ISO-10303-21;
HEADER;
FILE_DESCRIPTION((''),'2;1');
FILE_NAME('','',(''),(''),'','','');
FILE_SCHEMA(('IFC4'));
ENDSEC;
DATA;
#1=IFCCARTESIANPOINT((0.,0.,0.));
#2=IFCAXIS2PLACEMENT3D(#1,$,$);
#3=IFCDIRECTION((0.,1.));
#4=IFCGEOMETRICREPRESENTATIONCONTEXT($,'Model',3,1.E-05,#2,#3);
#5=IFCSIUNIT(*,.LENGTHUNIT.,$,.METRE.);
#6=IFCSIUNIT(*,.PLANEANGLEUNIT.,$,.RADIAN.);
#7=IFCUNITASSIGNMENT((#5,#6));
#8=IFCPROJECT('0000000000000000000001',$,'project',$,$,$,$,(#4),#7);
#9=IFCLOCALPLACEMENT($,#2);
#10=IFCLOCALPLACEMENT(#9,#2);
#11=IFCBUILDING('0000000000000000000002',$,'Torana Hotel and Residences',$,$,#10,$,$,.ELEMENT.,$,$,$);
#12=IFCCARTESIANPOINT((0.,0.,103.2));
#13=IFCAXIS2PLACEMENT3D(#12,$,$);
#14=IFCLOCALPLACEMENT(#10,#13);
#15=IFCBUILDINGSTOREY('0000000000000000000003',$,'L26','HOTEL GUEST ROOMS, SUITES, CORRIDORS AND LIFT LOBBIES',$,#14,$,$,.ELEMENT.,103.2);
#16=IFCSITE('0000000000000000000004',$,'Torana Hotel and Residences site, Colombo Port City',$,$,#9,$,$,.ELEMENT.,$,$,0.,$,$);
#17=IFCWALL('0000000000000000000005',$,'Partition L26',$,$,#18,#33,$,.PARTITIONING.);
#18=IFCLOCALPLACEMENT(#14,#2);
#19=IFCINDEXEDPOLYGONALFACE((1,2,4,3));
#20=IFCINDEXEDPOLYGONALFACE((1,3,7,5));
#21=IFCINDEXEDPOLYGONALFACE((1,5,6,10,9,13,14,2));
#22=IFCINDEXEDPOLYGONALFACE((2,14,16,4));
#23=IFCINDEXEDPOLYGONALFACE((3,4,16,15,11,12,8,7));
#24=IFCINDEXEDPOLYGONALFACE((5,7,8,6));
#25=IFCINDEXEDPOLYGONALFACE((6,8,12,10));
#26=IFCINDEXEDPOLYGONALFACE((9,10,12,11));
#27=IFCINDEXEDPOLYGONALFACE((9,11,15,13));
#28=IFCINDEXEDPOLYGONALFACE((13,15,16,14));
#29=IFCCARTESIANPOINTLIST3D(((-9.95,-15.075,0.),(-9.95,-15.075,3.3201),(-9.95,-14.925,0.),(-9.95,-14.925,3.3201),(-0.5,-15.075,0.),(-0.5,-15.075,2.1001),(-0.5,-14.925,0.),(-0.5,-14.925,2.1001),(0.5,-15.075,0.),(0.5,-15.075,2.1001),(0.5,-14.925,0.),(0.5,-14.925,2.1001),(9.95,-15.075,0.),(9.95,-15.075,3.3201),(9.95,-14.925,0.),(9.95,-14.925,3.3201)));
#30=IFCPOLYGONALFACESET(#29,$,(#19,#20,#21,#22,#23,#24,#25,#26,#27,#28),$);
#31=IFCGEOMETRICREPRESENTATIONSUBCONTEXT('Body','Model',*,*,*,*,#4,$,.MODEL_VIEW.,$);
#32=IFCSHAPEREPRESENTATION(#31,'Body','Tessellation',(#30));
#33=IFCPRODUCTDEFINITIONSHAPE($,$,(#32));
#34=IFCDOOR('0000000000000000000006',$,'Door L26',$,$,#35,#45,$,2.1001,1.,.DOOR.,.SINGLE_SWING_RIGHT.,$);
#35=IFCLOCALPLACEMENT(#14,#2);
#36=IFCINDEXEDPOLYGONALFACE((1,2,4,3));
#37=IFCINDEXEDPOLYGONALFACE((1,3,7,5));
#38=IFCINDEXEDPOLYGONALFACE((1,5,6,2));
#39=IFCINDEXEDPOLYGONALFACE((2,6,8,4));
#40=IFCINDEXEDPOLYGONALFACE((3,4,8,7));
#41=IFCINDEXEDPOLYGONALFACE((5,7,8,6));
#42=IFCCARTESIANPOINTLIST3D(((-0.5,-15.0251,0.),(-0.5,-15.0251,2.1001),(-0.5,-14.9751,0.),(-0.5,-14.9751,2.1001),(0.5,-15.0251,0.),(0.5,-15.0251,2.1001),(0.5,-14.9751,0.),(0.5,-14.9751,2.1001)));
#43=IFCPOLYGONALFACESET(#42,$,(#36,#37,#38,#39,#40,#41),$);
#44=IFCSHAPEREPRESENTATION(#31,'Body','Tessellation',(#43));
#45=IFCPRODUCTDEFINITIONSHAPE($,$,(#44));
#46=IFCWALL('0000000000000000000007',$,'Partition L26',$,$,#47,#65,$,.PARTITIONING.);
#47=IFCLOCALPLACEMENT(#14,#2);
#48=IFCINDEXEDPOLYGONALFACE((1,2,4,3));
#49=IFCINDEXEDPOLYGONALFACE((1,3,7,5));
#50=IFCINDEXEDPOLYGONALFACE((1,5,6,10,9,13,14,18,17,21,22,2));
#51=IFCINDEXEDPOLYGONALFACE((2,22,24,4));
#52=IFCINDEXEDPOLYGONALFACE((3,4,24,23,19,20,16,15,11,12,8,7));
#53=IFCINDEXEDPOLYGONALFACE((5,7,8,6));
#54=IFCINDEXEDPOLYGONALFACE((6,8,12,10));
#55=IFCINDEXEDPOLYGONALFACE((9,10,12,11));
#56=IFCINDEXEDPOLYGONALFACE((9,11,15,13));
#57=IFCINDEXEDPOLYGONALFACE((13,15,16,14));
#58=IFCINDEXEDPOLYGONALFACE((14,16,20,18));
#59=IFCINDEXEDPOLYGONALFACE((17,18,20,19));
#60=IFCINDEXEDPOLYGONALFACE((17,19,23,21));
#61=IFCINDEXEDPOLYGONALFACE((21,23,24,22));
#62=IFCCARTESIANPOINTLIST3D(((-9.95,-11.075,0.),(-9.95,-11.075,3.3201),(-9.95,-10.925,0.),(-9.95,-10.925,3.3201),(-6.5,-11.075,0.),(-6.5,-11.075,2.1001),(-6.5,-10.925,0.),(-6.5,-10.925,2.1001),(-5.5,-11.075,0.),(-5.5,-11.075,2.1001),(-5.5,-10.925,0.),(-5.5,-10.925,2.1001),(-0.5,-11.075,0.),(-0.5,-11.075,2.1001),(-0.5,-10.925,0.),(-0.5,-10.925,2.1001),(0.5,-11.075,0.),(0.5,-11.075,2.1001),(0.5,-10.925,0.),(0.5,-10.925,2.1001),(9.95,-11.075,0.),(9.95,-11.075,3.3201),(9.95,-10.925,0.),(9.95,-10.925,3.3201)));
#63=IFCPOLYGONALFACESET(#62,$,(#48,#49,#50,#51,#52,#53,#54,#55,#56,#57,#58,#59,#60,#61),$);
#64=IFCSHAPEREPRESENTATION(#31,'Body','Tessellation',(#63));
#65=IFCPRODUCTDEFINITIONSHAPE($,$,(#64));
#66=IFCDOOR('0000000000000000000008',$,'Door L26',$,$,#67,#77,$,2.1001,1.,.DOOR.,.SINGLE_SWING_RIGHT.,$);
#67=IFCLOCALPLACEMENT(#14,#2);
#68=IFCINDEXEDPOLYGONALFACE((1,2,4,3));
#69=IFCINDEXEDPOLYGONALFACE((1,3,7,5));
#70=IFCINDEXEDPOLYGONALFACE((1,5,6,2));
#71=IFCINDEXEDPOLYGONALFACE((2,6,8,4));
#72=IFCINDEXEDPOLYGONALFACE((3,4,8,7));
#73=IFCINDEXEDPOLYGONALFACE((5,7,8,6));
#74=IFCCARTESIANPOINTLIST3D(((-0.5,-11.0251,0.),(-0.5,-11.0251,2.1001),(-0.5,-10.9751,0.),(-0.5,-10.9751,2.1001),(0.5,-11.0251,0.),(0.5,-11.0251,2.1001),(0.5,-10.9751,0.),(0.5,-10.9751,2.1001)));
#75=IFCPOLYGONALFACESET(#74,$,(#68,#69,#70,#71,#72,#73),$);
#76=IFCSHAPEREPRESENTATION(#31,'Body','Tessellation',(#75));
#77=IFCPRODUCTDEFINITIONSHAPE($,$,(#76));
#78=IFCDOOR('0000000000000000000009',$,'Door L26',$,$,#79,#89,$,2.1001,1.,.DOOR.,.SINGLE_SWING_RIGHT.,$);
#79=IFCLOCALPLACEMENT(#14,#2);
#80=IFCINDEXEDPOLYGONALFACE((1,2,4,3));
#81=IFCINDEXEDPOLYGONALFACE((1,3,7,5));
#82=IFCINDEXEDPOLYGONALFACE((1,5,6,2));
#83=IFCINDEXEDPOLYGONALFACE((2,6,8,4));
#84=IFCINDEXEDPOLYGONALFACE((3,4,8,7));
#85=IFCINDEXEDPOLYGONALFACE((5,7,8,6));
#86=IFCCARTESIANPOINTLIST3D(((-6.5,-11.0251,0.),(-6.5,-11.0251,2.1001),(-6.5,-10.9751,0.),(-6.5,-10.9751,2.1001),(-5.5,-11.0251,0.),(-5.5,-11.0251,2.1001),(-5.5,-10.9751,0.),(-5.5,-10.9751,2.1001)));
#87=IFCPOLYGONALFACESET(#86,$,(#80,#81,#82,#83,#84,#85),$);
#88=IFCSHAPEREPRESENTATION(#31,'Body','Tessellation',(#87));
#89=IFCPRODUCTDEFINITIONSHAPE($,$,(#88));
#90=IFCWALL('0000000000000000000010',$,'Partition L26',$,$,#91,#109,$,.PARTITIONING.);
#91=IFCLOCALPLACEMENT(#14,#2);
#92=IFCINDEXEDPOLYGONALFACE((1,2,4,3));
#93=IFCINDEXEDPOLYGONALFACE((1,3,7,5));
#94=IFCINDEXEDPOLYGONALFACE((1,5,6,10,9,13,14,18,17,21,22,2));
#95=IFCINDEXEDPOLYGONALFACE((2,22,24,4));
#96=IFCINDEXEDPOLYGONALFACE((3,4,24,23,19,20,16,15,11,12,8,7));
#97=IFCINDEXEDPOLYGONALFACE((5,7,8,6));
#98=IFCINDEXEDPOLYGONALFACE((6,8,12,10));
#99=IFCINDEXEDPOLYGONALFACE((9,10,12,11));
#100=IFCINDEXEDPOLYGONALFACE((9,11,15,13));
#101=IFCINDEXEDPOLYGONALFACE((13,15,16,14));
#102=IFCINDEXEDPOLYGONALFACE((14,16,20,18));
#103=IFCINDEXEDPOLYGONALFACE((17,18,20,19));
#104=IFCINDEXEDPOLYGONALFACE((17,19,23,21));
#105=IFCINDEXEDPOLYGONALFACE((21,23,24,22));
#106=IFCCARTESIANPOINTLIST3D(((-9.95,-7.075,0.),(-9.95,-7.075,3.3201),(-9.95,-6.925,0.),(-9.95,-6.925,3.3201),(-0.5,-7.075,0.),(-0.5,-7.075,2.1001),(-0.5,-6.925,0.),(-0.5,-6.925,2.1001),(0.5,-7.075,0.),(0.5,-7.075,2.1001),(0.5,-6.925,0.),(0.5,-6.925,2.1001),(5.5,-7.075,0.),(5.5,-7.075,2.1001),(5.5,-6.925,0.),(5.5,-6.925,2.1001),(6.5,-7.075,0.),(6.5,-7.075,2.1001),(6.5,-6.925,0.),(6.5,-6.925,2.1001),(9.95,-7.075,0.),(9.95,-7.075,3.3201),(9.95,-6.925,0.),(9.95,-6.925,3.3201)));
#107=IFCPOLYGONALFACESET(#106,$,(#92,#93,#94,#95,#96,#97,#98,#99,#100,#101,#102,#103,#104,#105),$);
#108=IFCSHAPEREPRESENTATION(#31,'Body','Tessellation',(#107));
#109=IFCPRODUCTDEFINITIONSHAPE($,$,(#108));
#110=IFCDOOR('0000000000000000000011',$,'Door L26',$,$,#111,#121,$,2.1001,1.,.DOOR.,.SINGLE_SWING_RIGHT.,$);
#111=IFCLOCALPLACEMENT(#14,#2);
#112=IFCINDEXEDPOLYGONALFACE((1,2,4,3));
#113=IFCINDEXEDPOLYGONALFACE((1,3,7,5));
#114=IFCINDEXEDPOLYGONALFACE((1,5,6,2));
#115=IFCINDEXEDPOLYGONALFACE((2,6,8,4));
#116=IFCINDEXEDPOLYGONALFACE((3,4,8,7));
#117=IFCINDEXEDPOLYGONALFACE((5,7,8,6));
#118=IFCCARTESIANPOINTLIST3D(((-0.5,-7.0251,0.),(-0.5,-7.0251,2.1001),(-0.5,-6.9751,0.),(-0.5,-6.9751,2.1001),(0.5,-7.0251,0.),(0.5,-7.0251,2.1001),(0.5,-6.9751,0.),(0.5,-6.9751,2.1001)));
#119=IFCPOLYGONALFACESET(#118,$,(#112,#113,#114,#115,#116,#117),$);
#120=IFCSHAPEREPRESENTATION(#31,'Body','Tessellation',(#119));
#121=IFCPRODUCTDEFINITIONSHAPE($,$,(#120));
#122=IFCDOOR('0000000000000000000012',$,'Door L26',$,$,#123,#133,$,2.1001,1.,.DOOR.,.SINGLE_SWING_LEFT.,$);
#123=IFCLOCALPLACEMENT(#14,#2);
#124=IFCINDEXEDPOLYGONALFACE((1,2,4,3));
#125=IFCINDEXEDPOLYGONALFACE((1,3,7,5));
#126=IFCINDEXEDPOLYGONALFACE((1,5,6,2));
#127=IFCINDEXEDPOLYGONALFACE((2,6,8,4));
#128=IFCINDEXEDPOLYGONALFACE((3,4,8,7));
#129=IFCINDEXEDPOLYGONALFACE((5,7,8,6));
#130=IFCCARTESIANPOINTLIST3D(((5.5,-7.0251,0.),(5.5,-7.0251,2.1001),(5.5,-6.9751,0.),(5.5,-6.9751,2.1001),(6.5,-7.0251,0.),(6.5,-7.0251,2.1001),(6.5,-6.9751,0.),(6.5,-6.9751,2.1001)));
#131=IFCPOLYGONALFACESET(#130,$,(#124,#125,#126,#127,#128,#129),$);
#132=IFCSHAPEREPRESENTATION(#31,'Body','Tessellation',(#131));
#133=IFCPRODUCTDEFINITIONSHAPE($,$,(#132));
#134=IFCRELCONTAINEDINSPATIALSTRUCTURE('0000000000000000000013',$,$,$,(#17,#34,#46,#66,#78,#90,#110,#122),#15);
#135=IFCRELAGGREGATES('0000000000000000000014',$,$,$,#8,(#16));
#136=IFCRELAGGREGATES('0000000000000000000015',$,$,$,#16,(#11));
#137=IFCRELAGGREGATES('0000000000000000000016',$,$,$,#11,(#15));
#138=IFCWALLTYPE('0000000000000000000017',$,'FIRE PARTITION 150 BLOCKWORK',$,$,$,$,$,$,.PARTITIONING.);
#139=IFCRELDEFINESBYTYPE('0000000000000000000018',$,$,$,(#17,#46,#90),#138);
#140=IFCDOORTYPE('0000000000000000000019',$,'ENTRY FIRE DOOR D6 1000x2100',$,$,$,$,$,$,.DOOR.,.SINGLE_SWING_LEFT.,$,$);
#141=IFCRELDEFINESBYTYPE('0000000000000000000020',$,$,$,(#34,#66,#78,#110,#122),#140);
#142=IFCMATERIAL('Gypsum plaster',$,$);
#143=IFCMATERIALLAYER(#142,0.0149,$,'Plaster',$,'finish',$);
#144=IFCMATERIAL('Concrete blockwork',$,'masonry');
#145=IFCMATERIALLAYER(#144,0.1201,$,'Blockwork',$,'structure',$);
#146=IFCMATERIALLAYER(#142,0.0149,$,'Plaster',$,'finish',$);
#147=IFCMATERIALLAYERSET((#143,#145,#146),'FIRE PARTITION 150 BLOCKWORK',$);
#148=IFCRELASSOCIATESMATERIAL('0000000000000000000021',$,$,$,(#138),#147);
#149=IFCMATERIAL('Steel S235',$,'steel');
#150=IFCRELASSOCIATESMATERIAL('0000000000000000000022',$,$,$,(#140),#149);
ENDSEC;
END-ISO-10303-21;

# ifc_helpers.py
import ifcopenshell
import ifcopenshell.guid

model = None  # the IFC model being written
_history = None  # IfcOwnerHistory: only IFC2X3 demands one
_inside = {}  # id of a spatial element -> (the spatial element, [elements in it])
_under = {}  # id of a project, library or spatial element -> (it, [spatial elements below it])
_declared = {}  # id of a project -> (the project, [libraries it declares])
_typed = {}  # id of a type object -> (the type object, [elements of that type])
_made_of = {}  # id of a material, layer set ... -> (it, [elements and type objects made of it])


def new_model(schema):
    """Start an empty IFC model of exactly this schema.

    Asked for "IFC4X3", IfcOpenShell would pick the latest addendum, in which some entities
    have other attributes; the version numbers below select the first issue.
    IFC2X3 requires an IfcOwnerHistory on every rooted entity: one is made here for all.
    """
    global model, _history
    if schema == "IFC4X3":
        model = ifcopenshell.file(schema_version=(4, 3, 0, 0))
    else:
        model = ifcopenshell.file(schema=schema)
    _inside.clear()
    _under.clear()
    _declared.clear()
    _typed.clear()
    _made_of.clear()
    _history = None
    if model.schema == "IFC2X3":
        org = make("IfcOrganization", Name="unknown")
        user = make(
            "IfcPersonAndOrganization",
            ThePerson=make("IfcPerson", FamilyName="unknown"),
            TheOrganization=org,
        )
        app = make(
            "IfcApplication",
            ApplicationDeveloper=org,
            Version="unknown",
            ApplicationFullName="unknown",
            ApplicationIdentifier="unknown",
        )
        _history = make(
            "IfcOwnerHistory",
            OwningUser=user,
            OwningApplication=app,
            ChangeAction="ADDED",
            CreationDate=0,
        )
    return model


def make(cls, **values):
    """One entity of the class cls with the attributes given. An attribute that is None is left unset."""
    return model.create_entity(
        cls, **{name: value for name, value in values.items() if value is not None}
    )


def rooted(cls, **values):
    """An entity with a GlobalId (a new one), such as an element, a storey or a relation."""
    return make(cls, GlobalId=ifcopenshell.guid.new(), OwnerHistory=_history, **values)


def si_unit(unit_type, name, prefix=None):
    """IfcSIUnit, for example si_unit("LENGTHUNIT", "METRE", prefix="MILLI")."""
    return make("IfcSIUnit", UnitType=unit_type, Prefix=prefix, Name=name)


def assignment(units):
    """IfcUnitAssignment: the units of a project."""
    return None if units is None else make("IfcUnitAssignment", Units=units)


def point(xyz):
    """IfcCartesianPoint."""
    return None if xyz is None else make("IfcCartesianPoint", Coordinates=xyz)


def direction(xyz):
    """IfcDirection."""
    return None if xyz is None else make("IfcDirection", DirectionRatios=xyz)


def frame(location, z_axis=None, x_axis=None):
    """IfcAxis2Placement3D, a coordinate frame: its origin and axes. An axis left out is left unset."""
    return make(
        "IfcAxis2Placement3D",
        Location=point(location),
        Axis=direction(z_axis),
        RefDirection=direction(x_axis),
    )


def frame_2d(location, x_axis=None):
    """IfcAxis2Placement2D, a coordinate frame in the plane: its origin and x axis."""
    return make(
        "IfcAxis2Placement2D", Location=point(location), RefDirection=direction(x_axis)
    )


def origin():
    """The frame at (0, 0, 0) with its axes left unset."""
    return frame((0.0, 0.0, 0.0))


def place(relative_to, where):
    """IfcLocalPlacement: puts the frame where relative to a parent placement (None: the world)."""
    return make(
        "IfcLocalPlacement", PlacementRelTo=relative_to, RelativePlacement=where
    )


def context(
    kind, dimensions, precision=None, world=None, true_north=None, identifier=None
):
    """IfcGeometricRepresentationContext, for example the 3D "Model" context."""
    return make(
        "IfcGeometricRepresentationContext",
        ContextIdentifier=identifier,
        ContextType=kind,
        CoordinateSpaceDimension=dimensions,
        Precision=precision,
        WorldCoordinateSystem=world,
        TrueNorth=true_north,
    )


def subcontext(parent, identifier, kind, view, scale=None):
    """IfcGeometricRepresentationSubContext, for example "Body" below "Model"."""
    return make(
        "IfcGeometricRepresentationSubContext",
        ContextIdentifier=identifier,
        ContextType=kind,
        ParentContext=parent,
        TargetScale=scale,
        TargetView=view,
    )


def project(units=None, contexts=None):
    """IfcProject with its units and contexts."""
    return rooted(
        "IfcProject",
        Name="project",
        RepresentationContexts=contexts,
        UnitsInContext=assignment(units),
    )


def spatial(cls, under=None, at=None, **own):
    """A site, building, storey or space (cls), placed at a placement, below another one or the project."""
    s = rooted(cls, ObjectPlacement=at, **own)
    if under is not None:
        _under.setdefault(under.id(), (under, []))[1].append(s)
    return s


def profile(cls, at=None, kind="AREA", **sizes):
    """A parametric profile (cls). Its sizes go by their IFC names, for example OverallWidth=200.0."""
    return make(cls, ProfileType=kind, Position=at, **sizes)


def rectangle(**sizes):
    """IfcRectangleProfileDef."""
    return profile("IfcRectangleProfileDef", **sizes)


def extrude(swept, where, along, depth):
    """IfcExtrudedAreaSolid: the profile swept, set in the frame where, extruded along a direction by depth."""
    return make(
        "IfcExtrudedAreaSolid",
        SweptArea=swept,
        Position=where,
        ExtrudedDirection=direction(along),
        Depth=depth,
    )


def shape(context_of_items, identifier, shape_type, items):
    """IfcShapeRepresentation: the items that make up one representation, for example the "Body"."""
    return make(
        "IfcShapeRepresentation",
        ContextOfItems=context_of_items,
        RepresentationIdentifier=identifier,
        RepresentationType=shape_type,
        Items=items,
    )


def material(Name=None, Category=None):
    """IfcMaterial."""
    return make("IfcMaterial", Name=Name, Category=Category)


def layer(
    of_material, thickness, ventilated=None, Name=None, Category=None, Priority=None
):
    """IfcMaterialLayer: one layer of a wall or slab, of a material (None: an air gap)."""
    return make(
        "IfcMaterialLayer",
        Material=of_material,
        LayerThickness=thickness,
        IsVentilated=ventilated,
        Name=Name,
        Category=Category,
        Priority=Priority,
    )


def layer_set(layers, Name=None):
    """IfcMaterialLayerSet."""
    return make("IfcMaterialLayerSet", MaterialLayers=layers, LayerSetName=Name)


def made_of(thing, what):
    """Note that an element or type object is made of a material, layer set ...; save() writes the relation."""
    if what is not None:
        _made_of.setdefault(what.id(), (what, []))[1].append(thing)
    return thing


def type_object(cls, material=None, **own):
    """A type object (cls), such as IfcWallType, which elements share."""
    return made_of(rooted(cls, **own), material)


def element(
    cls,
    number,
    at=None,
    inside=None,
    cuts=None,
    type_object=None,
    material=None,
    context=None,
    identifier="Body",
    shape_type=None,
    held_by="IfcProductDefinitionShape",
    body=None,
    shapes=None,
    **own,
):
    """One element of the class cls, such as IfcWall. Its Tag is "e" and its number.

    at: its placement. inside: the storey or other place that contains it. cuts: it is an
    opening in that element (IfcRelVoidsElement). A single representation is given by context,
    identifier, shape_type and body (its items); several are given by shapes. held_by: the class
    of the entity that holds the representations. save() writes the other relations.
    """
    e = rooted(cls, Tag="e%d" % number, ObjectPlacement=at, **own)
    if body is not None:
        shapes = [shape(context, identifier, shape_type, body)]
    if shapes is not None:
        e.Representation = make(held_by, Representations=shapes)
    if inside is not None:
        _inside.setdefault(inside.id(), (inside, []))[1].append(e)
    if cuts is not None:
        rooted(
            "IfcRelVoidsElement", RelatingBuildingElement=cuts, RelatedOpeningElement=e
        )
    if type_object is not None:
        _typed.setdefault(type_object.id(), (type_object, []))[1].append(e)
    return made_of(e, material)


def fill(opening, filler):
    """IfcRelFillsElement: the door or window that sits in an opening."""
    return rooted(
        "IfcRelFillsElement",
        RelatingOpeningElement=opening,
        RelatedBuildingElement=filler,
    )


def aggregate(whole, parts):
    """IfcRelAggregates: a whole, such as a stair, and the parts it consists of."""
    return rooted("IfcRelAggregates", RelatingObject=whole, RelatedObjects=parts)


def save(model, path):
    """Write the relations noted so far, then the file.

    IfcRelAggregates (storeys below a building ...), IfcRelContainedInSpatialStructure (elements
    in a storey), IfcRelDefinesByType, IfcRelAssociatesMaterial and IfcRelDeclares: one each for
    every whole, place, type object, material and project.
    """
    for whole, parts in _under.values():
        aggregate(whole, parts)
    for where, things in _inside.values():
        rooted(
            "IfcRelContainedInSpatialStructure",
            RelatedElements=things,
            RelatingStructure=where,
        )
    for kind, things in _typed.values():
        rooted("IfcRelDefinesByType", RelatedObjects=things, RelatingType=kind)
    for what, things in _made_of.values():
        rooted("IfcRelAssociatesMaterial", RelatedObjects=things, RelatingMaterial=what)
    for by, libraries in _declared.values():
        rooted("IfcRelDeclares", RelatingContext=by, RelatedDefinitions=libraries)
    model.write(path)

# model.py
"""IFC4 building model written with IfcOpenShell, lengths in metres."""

from ifc_helpers import new_model, si_unit, direction, frame, frame_2d, origin, place, context, subcontext, project, spatial, rectangle, extrude, material, layer, layer_set, type_object, element, fill, save


model = new_model("IFC4")

# Units and contexts
model_context = context("Model", 3, precision=1e-05, world=origin(), true_north=direction((0.0, 1.0)))
body_context = subcontext(model_context, "Body", "Model", "MODEL_VIEW")
ifc_project = project(units=[si_unit("LENGTHUNIT", "METRE"), si_unit("PLANEANGLEUNIT", "RADIAN")], contexts=[model_context])

# Site, building, storey
site_placement = place(None, origin())
site = spatial("IfcSite", under=ifc_project, at=site_placement, Name="Torana Hotel and Residences site, Colombo Port City", CompositionType="ELEMENT", RefElevation=0.0)
building_placement = place(site_placement, origin())
building = spatial("IfcBuilding", under=site, at=building_placement, Name="Torana Hotel and Residences", CompositionType="ELEMENT")
storey_placement = place(building_placement, frame((0.0, 0.0, 103.2)))
storey = spatial("IfcBuildingStorey", under=building, at=storey_placement, Name="L26", Description="HOTEL GUEST ROOMS, SUITES, CORRIDORS AND LIFT LOBBIES", CompositionType="ELEMENT", Elevation=103.2)

# Shared definitions
ifc_material_1 = material(Name="Gypsum plaster")
ifc_layer_1 = layer(ifc_material_1, 0.0149, Name="Plaster", Category="finish")
ifc_material_2 = material(Name="Concrete blockwork", Category="masonry")
ifc_layer_2 = layer(ifc_material_2, 0.1201, Name="Blockwork", Category="structure")
ifc_layer_3 = layer(ifc_material_1, 0.0149, Name="Plaster", Category="finish")
ifc_layer_set_1 = layer_set([ifc_layer_1, ifc_layer_2, ifc_layer_3], Name="FIRE PARTITION 150 BLOCKWORK")
wall_type_1 = type_object("IfcWallType", Name="FIRE PARTITION 150 BLOCKWORK", PredefinedType="PARTITIONING", material=ifc_layer_set_1)

# Wall, opening, door
wall_1_placement = place(storey_placement, frame((-9.95, -15.0, 0.0), z_axis=(0.0, 0.0, 1.0), x_axis=(1.0, 0.0, 0.0)))
wall_1 = element("IfcWall", 1, at=wall_1_placement, inside=storey, type_object=wall_type_1, Name="Partition L26", PredefinedType="PARTITIONING", context=body_context, shape_type="SweptSolid", body=[
    extrude(rectangle(XDim=19.8999, YDim=0.1499, at=frame_2d((9.95, 0.0))), origin(), (0.0, 0.0, 1.0), 3.3201),
])
opening_1_placement = place(wall_1_placement, frame((9.45, 0.0, 0.0)))
opening_1 = element("IfcOpeningElement", 2, at=opening_1_placement, cuts=wall_1, PredefinedType="OPENING", context=body_context, shape_type="SweptSolid", body=[
    extrude(rectangle(XDim=1.0, YDim=2.1001, at=frame_2d((0.5, 1.05))), frame((0.0, 0.085, 0.0), z_axis=(0.0, -1.0, 0.0), x_axis=(1.0, 0.0, 0.0)), (0.0, 0.0, 1.0), 0.1699),
])
ifc_material_3 = material(Name="Steel S235", Category="steel")
door_type = type_object("IfcDoorType", Name="ENTRY FIRE DOOR D6 1000x2100", OperationType="SINGLE_SWING_LEFT", PredefinedType="DOOR", material=ifc_material_3)
door_1_placement = place(opening_1_placement, origin())
door_1 = element("IfcDoor", 3, at=door_1_placement, inside=storey, type_object=door_type, Name="Door L26", OperationType="SINGLE_SWING_RIGHT", OverallHeight=2.1001, OverallWidth=1.0, PredefinedType="DOOR", context=body_context, shape_type="SweptSolid", body=[
    extrude(rectangle(XDim=1.0, YDim=2.1001, at=frame_2d((0.5, 1.05))), frame((0.0, 0.0249, 0.0), z_axis=(0.0, -1.0, 0.0), x_axis=(1.0, 0.0, 0.0)), (0.0, 0.0, 1.0), 0.05),
])
fill(opening_1, door_1)

# Walls, openings, doors
wall_2_placement = place(storey_placement, frame((-9.95, -11.0, 0.0), z_axis=(0.0, 0.0, 1.0), x_axis=(1.0, 0.0, 0.0)))
wall_2 = element("IfcWall", 4, at=wall_2_placement, inside=storey, type_object=wall_type_1, Name="Partition L26", PredefinedType="PARTITIONING", context=body_context, shape_type="SweptSolid", body=[
    extrude(rectangle(XDim=19.8999, YDim=0.1499, at=frame_2d((9.95, 0.0))), origin(), (0.0, 0.0, 1.0), 3.3201),
])
opening_2_placement = place(wall_2_placement, frame((9.45, 0.0, 0.0)))
opening_2 = element("IfcOpeningElement", 5, at=opening_2_placement, cuts=wall_2, PredefinedType="OPENING", context=body_context, shape_type="SweptSolid", body=[
    extrude(rectangle(XDim=1.0, YDim=2.1001, at=frame_2d((0.5, 1.05))), frame((0.0, 0.085, 0.0), z_axis=(0.0, -1.0, 0.0), x_axis=(1.0, 0.0, 0.0)), (0.0, 0.0, 1.0), 0.1699),
])
opening_3_placement = place(wall_2_placement, frame((3.45, 0.0, 0.0)))
opening_3 = element("IfcOpeningElement", 6, at=opening_3_placement, cuts=wall_2, PredefinedType="OPENING", context=body_context, shape_type="SweptSolid", body=[
    extrude(rectangle(XDim=1.0, YDim=2.1001, at=frame_2d((0.5, 1.05))), frame((0.0, 0.085, 0.0), z_axis=(0.0, -1.0, 0.0), x_axis=(1.0, 0.0, 0.0)), (0.0, 0.0, 1.0), 0.1699),
])
door_2_placement = place(opening_2_placement, origin())
door_2 = element("IfcDoor", 7, at=door_2_placement, inside=storey, type_object=door_type, Name="Door L26", OperationType="SINGLE_SWING_RIGHT", OverallHeight=2.1001, OverallWidth=1.0, PredefinedType="DOOR", context=body_context, shape_type="SweptSolid", body=[
    extrude(rectangle(XDim=1.0, YDim=2.1001, at=frame_2d((0.5, 1.05))), frame((0.0, 0.0249, 0.0), z_axis=(0.0, -1.0, 0.0), x_axis=(1.0, 0.0, 0.0)), (0.0, 0.0, 1.0), 0.05),
])
fill(opening_2, door_2)
door_3_placement = place(opening_3_placement, origin())
door_3 = element("IfcDoor", 8, at=door_3_placement, inside=storey, type_object=door_type, Name="Door L26", OperationType="SINGLE_SWING_RIGHT", OverallHeight=2.1001, OverallWidth=1.0, PredefinedType="DOOR", context=body_context, shape_type="SweptSolid", body=[
    extrude(rectangle(XDim=1.0, YDim=2.1001, at=frame_2d((0.5, 1.05))), frame((0.0, 0.0249, 0.0), z_axis=(0.0, -1.0, 0.0), x_axis=(1.0, 0.0, 0.0)), (0.0, 0.0, 1.0), 0.05),
])
fill(opening_3, door_3)
wall_3_placement = place(storey_placement, frame((-9.95, -7.0, 0.0), z_axis=(0.0, 0.0, 1.0), x_axis=(1.0, 0.0, 0.0)))
wall_3 = element("IfcWall", 9, at=wall_3_placement, inside=storey, type_object=wall_type_1, Name="Partition L26", PredefinedType="PARTITIONING", context=body_context, shape_type="SweptSolid", body=[
    extrude(rectangle(XDim=19.8999, YDim=0.1499, at=frame_2d((9.95, 0.0))), origin(), (0.0, 0.0, 1.0), 3.3201),
])
opening_4_placement = place(wall_3_placement, frame((9.45, 0.0, 0.0)))
opening_4 = element("IfcOpeningElement", 10, at=opening_4_placement, cuts=wall_3, PredefinedType="OPENING", context=body_context, shape_type="SweptSolid", body=[
    extrude(rectangle(XDim=1.0, YDim=2.1001, at=frame_2d((0.5, 1.05))), frame((0.0, 0.085, 0.0), z_axis=(0.0, -1.0, 0.0), x_axis=(1.0, 0.0, 0.0)), (0.0, 0.0, 1.0), 0.1699),
])
opening_5_placement = place(wall_3_placement, frame((15.45, 0.0, 0.0)))
opening_5 = element("IfcOpeningElement", 11, at=opening_5_placement, cuts=wall_3, PredefinedType="OPENING", context=body_context, shape_type="SweptSolid", body=[
    extrude(rectangle(XDim=1.0, YDim=2.1001, at=frame_2d((0.5, 1.05))), frame((0.0, 0.085, 0.0), z_axis=(0.0, -1.0, 0.0), x_axis=(1.0, 0.0, 0.0)), (0.0, 0.0, 1.0), 0.1699),
])
door_4_placement = place(opening_4_placement, origin())
door_4 = element("IfcDoor", 12, at=door_4_placement, inside=storey, type_object=door_type, Name="Door L26", OperationType="SINGLE_SWING_RIGHT", OverallHeight=2.1001, OverallWidth=1.0, PredefinedType="DOOR", context=body_context, shape_type="SweptSolid", body=[
    extrude(rectangle(XDim=1.0, YDim=2.1001, at=frame_2d((0.5, 1.05))), frame((0.0, 0.0249, 0.0), z_axis=(0.0, -1.0, 0.0), x_axis=(1.0, 0.0, 0.0)), (0.0, 0.0, 1.0), 0.05),
])
fill(opening_4, door_4)
door_5_placement = place(opening_5_placement, frame((0.5, 0.0, 0.0), z_axis=(0.0, 0.0, 1.0), x_axis=(-1.0, 0.0, 0.0)))
door_5 = element("IfcDoor", 13, at=door_5_placement, inside=storey, type_object=door_type, Name="Door L26", OperationType="SINGLE_SWING_LEFT", OverallHeight=2.1001, OverallWidth=1.0, PredefinedType="DOOR", context=body_context, shape_type="SweptSolid", body=[
    extrude(rectangle(XDim=1.0, YDim=2.1001, at=frame_2d((0.0, 1.05))), frame((0.0, -0.0249, 0.0), z_axis=(0.0, 1.0, 0.0), x_axis=(-1.0, 0.0, 0.0)), (0.0, 0.0, 1.0), 0.05),
])
fill(opening_5, door_5)

save(model, "model.ifc")
